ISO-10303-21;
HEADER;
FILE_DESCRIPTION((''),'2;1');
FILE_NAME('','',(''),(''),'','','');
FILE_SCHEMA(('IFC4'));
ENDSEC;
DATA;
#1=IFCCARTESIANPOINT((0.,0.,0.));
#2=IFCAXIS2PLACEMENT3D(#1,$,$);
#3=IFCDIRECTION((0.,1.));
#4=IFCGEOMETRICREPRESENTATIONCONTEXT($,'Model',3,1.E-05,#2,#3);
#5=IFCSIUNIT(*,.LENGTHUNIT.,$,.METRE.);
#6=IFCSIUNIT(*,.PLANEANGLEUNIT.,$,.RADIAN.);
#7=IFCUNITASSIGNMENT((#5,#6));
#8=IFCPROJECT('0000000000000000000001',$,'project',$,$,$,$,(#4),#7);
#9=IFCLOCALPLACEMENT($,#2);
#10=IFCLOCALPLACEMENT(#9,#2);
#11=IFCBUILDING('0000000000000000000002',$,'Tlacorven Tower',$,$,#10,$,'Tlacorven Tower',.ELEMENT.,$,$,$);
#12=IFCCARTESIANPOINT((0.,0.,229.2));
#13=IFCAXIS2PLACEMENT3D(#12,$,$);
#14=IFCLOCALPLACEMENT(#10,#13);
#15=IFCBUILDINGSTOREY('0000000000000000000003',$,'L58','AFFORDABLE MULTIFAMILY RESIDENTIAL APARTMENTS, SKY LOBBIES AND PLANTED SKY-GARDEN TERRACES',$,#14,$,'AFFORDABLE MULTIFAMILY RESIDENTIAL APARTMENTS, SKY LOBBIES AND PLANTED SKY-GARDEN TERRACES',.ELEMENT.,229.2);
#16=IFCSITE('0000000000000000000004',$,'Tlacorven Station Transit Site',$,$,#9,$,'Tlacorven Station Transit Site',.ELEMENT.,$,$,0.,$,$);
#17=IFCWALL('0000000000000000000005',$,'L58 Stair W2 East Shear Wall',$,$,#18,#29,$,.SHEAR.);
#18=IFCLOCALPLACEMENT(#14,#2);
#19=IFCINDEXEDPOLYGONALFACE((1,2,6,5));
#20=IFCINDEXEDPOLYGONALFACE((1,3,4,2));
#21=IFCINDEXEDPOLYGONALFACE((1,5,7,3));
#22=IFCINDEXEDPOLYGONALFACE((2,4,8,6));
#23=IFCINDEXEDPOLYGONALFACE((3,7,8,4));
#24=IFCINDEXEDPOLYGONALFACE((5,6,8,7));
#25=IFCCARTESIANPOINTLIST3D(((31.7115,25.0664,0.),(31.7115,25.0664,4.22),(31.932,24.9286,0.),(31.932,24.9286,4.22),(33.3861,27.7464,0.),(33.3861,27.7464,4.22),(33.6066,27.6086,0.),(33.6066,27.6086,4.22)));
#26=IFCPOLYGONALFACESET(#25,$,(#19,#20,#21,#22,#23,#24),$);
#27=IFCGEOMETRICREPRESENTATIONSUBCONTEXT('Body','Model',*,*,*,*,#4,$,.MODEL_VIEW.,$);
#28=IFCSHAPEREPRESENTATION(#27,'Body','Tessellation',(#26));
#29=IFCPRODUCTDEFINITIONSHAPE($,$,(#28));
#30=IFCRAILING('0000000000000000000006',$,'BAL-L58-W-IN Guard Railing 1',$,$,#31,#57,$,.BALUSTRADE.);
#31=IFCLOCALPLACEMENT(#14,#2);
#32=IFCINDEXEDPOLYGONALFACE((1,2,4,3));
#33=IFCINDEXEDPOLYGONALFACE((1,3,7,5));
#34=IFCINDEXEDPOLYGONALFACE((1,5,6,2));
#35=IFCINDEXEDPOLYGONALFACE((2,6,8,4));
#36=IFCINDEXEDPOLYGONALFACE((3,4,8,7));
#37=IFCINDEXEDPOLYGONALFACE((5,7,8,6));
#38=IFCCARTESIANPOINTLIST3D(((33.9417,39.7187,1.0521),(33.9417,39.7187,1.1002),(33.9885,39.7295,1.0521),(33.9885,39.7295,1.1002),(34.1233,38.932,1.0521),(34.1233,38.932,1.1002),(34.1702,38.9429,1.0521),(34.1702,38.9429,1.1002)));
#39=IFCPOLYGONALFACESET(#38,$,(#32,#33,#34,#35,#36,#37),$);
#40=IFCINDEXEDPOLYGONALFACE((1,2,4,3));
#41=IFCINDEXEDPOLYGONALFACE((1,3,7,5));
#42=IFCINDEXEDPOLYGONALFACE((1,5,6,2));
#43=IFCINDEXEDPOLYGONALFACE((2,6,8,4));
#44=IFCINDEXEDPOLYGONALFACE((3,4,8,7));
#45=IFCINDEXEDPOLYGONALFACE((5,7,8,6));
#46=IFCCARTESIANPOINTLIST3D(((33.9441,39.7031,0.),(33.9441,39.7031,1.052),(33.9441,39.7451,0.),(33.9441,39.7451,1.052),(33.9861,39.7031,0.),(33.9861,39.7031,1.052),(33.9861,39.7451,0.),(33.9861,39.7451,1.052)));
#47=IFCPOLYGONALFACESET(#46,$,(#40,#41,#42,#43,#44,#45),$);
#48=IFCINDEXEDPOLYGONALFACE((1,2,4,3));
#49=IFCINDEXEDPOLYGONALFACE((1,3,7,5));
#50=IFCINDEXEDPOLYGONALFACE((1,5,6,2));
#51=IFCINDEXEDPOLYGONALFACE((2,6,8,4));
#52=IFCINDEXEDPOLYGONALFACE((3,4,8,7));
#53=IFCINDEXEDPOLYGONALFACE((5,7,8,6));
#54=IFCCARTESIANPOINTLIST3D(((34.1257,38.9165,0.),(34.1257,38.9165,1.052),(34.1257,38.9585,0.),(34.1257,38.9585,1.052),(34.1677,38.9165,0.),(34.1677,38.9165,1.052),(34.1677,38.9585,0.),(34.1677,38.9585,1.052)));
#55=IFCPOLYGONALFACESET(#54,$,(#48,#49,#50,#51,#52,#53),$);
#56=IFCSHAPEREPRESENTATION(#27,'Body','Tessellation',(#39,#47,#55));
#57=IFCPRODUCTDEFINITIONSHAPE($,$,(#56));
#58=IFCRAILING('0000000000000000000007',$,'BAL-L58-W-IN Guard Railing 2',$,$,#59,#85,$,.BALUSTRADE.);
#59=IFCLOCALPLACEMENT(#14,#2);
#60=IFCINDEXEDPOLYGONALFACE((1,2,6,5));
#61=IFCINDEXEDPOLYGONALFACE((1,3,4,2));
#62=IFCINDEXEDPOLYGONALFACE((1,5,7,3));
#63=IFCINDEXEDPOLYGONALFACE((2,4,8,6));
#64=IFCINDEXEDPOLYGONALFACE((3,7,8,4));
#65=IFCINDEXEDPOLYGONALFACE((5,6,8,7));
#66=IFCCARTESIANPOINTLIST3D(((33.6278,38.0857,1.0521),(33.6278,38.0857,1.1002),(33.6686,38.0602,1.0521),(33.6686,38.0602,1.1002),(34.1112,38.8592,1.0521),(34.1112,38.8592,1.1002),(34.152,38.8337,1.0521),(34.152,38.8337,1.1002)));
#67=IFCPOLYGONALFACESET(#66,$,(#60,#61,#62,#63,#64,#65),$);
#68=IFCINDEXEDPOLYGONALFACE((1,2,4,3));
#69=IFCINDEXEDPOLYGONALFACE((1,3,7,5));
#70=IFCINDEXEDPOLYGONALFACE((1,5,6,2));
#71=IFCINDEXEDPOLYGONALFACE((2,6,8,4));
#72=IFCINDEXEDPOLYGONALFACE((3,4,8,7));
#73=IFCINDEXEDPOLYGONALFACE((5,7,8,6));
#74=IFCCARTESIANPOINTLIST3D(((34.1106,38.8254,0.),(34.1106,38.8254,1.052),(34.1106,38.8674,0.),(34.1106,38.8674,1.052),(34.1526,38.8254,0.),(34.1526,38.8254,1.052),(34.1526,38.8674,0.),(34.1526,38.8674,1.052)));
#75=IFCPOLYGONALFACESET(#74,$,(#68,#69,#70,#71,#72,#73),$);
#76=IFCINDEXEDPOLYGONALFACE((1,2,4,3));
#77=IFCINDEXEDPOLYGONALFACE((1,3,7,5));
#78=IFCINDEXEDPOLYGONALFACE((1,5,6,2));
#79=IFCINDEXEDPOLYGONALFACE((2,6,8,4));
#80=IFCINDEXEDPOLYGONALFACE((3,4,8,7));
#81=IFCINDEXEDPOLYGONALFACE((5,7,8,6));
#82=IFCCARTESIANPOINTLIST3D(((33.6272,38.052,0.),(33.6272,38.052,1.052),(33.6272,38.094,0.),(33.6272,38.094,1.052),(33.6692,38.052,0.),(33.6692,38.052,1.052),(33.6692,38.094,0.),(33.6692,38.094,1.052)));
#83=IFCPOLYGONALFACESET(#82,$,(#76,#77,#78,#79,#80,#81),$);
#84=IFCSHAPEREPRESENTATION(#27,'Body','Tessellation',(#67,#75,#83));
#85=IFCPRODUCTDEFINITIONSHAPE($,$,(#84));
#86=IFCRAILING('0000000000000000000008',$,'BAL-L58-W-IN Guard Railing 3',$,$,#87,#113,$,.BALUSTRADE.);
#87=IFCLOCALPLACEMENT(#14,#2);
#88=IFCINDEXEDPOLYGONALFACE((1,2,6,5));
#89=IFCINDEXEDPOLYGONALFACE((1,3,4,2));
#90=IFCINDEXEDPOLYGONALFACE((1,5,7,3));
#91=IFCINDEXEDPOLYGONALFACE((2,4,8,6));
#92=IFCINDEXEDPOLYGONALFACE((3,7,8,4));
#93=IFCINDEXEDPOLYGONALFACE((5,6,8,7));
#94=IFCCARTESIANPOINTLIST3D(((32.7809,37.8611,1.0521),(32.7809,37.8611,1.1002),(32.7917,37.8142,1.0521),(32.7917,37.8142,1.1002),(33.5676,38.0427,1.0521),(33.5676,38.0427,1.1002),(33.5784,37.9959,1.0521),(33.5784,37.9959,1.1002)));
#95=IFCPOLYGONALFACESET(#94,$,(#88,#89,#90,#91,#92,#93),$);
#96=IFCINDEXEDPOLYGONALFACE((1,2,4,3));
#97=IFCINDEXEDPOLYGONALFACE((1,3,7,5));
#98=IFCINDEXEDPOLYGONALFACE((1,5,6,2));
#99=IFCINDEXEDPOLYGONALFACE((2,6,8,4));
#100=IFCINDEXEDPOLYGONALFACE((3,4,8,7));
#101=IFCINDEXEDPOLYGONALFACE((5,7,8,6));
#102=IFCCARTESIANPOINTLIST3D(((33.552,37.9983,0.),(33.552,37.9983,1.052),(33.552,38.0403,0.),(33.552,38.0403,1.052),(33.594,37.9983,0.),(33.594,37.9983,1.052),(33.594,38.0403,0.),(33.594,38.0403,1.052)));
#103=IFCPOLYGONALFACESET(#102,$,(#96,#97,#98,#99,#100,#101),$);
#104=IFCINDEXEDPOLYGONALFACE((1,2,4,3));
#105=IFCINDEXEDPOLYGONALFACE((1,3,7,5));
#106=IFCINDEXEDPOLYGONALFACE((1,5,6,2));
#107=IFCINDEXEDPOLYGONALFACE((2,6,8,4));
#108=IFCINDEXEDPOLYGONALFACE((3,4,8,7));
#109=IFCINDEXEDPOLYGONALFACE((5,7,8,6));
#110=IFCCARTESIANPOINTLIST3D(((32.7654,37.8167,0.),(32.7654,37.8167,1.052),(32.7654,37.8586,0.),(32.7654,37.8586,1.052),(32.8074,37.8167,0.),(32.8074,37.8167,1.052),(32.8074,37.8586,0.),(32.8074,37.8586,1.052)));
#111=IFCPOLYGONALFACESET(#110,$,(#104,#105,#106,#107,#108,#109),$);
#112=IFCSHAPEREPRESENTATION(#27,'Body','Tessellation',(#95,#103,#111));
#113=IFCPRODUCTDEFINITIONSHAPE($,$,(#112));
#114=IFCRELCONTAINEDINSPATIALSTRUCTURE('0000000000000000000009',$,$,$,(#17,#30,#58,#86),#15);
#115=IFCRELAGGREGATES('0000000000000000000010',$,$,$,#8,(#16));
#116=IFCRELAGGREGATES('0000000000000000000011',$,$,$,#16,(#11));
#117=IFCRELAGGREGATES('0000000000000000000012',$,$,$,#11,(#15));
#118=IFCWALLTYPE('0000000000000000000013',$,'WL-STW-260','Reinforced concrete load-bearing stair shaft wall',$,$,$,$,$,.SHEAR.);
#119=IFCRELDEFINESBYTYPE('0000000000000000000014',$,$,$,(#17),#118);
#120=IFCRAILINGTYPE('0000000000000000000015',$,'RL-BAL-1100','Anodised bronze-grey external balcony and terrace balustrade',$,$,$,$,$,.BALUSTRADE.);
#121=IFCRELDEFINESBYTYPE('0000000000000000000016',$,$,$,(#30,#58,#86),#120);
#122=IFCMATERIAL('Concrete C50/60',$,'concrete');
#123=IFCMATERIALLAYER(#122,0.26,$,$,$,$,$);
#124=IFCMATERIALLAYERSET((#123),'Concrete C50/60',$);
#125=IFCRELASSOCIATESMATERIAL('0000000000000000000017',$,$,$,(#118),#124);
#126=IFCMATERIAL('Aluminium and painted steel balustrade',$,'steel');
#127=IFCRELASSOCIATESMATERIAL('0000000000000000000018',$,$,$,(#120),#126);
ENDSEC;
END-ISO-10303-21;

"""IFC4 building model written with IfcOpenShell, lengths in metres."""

from ifc_helpers import new_model, si_unit, direction, frame, frame_2d, origin, origin_2d, place, context, subcontext, project, spatial, rectangle, extrude, source, transform, mapped, material, layer, layer_set, type_object, element, save


model = new_model("IFC4")

# Units and contexts
model_context = context("Model", 3, precision=1e-05, world=origin(), true_north=direction((0.0, 1.0)))
body_context = subcontext(model_context, "Body", "Model", "MODEL_VIEW")
ifc_project = project(units=[si_unit("LENGTHUNIT", "METRE"), si_unit("PLANEANGLEUNIT", "RADIAN")], contexts=[model_context])

# Site, building, storey
site_placement = place(None, origin())
site = spatial("IfcSite", under=ifc_project, at=site_placement, Name="Tlacorven Station Transit Site", LongName="Tlacorven Station Transit Site", CompositionType="ELEMENT", RefElevation=0.0)
building_placement = place(site_placement, origin())
building = spatial("IfcBuilding", under=site, at=building_placement, Name="Tlacorven Tower", LongName="Tlacorven Tower", CompositionType="ELEMENT")
storey_placement = place(building_placement, frame((0.0, 0.0, 229.2)))
storey = spatial("IfcBuildingStorey", under=building, at=storey_placement, Name="L58", Description="AFFORDABLE MULTIFAMILY RESIDENTIAL APARTMENTS, SKY LOBBIES AND PLANTED SKY-GARDEN TERRACES", LongName="AFFORDABLE MULTIFAMILY RESIDENTIAL APARTMENTS, SKY LOBBIES AND PLANTED SKY-GARDEN TERRACES", CompositionType="ELEMENT", Elevation=229.2)

# Wall
ifc_material_1 = material(Name="Concrete C50/60", Category="concrete")
ifc_layer_1 = layer(ifc_material_1, 0.26)
ifc_layer_set_1 = layer_set([ifc_layer_1], Name="Concrete C50/60")
wall_type_1 = type_object("IfcWallType", Name="WL-STW-260", Description="Reinforced concrete load-bearing stair shaft wall", PredefinedType="SHEAR", material=ifc_layer_set_1)
wall_1_placement = place(storey_placement, frame((33.4963, 27.6775, 0.0), z_axis=(0.0, 0.0, 1.0), x_axis=(-0.529909, -0.848055, 0.0)))
element("IfcWall", 1, at=wall_1_placement, inside=storey, type_object=wall_type_1, Name="L58 Stair W2 East Shear Wall", PredefinedType="SHEAR", context=body_context, shape_type="SweptSolid", body=[
    extrude(rectangle(XDim=3.1602, YDim=0.26, at=frame_2d((1.5801, 0.0))), origin(), (0.0, 0.0, 1.0), 4.22),
])

# Railings
ifc_material_2 = material(Name="Aluminium and painted steel balustrade", Category="steel")
railing_type = type_object("IfcRailingType", Name="RL-BAL-1100", Description="Anodised bronze-grey external balcony and terrace balustrade", PredefinedType="BALUSTRADE", material=ifc_material_2)
shared_shape_1 = source(origin(), body_context, "Body", "SweptSolid", [
    extrude(rectangle(XDim=0.0481, YDim=0.0481, at=origin_2d()), frame((0.0, 0.0, 1.0762), z_axis=(0.224992, -0.974361, 0.0), x_axis=(0.974361, 0.224992, 0.0)), (0.0, 0.0, 1.0), 0.8074),
    extrude(rectangle(XDim=0.042, YDim=0.042, at=origin_2d()), origin(), (0.0, 0.0, 1.0), 1.052),
    extrude(rectangle(XDim=0.042, YDim=0.042, at=origin_2d()), frame((0.1816, -0.7866, 0.0)), (0.0, 0.0, 1.0), 1.052),
])
railing_1_placement = place(storey_placement, frame((33.9651, 39.7241, 0.0)))
element("IfcRailing", 2, at=railing_1_placement, inside=storey, type_object=railing_type, Name="BAL-L58-W-IN Guard Railing 1", PredefinedType="BALUSTRADE", context=body_context, shape_type="MappedRepresentation", body=[
    mapped(shared_shape_1, transform((0.0, 0.0, 0.0), scale=1.0)),
])
shared_shape_2 = source(origin(), body_context, "Body", "SweptSolid", [
    extrude(rectangle(XDim=0.0481, YDim=0.0481, at=origin_2d()), frame((0.0, 0.0, 1.0762), z_axis=(-0.529999, -0.847998, 0.0), x_axis=(0.847998, -0.529999, 0.0)), (0.0, 0.0, 1.0), 0.9121),
    extrude(rectangle(XDim=0.042, YDim=0.042, at=origin_2d()), origin(), (0.0, 0.0, 1.0), 1.052),
    extrude(rectangle(XDim=0.042, YDim=0.042, at=origin_2d()), frame((-0.4834, -0.7734, 0.0)), (0.0, 0.0, 1.0), 1.052),
])
railing_2_placement = place(storey_placement, frame((34.1316, 38.8464, 0.0)))
element("IfcRailing", 3, at=railing_2_placement, inside=storey, type_object=railing_type, Name="BAL-L58-W-IN Guard Railing 2", PredefinedType="BALUSTRADE", context=body_context, shape_type="MappedRepresentation", body=[
    mapped(shared_shape_2, transform((0.0, 0.0, 0.0), scale=1.0)),
])
shared_shape_3 = source(origin(), body_context, "Body", "SweptSolid", [
    extrude(rectangle(XDim=0.0481, YDim=0.0481, at=origin_2d()), frame((0.0, 0.0, 1.0762), z_axis=(-0.974361, -0.224992, 0.0), x_axis=(0.224992, -0.974361, 0.0)), (0.0, 0.0, 1.0), 0.8074),
    extrude(rectangle(XDim=0.042, YDim=0.042, at=origin_2d()), origin(), (0.0, 0.0, 1.0), 1.052),
    extrude(rectangle(XDim=0.042, YDim=0.042, at=origin_2d()), frame((-0.7866, -0.1816, 0.0)), (0.0, 0.0, 1.0), 1.052),
])
railing_3_placement = place(storey_placement, frame((33.573, 38.0193, 0.0)))
element("IfcRailing", 4, at=railing_3_placement, inside=storey, type_object=railing_type, Name="BAL-L58-W-IN Guard Railing 3", PredefinedType="BALUSTRADE", context=body_context, shape_type="MappedRepresentation", body=[
    mapped(shared_shape_3, transform((0.0, 0.0, 0.0), scale=1.0)),
])

save(model, "model.ifc")
